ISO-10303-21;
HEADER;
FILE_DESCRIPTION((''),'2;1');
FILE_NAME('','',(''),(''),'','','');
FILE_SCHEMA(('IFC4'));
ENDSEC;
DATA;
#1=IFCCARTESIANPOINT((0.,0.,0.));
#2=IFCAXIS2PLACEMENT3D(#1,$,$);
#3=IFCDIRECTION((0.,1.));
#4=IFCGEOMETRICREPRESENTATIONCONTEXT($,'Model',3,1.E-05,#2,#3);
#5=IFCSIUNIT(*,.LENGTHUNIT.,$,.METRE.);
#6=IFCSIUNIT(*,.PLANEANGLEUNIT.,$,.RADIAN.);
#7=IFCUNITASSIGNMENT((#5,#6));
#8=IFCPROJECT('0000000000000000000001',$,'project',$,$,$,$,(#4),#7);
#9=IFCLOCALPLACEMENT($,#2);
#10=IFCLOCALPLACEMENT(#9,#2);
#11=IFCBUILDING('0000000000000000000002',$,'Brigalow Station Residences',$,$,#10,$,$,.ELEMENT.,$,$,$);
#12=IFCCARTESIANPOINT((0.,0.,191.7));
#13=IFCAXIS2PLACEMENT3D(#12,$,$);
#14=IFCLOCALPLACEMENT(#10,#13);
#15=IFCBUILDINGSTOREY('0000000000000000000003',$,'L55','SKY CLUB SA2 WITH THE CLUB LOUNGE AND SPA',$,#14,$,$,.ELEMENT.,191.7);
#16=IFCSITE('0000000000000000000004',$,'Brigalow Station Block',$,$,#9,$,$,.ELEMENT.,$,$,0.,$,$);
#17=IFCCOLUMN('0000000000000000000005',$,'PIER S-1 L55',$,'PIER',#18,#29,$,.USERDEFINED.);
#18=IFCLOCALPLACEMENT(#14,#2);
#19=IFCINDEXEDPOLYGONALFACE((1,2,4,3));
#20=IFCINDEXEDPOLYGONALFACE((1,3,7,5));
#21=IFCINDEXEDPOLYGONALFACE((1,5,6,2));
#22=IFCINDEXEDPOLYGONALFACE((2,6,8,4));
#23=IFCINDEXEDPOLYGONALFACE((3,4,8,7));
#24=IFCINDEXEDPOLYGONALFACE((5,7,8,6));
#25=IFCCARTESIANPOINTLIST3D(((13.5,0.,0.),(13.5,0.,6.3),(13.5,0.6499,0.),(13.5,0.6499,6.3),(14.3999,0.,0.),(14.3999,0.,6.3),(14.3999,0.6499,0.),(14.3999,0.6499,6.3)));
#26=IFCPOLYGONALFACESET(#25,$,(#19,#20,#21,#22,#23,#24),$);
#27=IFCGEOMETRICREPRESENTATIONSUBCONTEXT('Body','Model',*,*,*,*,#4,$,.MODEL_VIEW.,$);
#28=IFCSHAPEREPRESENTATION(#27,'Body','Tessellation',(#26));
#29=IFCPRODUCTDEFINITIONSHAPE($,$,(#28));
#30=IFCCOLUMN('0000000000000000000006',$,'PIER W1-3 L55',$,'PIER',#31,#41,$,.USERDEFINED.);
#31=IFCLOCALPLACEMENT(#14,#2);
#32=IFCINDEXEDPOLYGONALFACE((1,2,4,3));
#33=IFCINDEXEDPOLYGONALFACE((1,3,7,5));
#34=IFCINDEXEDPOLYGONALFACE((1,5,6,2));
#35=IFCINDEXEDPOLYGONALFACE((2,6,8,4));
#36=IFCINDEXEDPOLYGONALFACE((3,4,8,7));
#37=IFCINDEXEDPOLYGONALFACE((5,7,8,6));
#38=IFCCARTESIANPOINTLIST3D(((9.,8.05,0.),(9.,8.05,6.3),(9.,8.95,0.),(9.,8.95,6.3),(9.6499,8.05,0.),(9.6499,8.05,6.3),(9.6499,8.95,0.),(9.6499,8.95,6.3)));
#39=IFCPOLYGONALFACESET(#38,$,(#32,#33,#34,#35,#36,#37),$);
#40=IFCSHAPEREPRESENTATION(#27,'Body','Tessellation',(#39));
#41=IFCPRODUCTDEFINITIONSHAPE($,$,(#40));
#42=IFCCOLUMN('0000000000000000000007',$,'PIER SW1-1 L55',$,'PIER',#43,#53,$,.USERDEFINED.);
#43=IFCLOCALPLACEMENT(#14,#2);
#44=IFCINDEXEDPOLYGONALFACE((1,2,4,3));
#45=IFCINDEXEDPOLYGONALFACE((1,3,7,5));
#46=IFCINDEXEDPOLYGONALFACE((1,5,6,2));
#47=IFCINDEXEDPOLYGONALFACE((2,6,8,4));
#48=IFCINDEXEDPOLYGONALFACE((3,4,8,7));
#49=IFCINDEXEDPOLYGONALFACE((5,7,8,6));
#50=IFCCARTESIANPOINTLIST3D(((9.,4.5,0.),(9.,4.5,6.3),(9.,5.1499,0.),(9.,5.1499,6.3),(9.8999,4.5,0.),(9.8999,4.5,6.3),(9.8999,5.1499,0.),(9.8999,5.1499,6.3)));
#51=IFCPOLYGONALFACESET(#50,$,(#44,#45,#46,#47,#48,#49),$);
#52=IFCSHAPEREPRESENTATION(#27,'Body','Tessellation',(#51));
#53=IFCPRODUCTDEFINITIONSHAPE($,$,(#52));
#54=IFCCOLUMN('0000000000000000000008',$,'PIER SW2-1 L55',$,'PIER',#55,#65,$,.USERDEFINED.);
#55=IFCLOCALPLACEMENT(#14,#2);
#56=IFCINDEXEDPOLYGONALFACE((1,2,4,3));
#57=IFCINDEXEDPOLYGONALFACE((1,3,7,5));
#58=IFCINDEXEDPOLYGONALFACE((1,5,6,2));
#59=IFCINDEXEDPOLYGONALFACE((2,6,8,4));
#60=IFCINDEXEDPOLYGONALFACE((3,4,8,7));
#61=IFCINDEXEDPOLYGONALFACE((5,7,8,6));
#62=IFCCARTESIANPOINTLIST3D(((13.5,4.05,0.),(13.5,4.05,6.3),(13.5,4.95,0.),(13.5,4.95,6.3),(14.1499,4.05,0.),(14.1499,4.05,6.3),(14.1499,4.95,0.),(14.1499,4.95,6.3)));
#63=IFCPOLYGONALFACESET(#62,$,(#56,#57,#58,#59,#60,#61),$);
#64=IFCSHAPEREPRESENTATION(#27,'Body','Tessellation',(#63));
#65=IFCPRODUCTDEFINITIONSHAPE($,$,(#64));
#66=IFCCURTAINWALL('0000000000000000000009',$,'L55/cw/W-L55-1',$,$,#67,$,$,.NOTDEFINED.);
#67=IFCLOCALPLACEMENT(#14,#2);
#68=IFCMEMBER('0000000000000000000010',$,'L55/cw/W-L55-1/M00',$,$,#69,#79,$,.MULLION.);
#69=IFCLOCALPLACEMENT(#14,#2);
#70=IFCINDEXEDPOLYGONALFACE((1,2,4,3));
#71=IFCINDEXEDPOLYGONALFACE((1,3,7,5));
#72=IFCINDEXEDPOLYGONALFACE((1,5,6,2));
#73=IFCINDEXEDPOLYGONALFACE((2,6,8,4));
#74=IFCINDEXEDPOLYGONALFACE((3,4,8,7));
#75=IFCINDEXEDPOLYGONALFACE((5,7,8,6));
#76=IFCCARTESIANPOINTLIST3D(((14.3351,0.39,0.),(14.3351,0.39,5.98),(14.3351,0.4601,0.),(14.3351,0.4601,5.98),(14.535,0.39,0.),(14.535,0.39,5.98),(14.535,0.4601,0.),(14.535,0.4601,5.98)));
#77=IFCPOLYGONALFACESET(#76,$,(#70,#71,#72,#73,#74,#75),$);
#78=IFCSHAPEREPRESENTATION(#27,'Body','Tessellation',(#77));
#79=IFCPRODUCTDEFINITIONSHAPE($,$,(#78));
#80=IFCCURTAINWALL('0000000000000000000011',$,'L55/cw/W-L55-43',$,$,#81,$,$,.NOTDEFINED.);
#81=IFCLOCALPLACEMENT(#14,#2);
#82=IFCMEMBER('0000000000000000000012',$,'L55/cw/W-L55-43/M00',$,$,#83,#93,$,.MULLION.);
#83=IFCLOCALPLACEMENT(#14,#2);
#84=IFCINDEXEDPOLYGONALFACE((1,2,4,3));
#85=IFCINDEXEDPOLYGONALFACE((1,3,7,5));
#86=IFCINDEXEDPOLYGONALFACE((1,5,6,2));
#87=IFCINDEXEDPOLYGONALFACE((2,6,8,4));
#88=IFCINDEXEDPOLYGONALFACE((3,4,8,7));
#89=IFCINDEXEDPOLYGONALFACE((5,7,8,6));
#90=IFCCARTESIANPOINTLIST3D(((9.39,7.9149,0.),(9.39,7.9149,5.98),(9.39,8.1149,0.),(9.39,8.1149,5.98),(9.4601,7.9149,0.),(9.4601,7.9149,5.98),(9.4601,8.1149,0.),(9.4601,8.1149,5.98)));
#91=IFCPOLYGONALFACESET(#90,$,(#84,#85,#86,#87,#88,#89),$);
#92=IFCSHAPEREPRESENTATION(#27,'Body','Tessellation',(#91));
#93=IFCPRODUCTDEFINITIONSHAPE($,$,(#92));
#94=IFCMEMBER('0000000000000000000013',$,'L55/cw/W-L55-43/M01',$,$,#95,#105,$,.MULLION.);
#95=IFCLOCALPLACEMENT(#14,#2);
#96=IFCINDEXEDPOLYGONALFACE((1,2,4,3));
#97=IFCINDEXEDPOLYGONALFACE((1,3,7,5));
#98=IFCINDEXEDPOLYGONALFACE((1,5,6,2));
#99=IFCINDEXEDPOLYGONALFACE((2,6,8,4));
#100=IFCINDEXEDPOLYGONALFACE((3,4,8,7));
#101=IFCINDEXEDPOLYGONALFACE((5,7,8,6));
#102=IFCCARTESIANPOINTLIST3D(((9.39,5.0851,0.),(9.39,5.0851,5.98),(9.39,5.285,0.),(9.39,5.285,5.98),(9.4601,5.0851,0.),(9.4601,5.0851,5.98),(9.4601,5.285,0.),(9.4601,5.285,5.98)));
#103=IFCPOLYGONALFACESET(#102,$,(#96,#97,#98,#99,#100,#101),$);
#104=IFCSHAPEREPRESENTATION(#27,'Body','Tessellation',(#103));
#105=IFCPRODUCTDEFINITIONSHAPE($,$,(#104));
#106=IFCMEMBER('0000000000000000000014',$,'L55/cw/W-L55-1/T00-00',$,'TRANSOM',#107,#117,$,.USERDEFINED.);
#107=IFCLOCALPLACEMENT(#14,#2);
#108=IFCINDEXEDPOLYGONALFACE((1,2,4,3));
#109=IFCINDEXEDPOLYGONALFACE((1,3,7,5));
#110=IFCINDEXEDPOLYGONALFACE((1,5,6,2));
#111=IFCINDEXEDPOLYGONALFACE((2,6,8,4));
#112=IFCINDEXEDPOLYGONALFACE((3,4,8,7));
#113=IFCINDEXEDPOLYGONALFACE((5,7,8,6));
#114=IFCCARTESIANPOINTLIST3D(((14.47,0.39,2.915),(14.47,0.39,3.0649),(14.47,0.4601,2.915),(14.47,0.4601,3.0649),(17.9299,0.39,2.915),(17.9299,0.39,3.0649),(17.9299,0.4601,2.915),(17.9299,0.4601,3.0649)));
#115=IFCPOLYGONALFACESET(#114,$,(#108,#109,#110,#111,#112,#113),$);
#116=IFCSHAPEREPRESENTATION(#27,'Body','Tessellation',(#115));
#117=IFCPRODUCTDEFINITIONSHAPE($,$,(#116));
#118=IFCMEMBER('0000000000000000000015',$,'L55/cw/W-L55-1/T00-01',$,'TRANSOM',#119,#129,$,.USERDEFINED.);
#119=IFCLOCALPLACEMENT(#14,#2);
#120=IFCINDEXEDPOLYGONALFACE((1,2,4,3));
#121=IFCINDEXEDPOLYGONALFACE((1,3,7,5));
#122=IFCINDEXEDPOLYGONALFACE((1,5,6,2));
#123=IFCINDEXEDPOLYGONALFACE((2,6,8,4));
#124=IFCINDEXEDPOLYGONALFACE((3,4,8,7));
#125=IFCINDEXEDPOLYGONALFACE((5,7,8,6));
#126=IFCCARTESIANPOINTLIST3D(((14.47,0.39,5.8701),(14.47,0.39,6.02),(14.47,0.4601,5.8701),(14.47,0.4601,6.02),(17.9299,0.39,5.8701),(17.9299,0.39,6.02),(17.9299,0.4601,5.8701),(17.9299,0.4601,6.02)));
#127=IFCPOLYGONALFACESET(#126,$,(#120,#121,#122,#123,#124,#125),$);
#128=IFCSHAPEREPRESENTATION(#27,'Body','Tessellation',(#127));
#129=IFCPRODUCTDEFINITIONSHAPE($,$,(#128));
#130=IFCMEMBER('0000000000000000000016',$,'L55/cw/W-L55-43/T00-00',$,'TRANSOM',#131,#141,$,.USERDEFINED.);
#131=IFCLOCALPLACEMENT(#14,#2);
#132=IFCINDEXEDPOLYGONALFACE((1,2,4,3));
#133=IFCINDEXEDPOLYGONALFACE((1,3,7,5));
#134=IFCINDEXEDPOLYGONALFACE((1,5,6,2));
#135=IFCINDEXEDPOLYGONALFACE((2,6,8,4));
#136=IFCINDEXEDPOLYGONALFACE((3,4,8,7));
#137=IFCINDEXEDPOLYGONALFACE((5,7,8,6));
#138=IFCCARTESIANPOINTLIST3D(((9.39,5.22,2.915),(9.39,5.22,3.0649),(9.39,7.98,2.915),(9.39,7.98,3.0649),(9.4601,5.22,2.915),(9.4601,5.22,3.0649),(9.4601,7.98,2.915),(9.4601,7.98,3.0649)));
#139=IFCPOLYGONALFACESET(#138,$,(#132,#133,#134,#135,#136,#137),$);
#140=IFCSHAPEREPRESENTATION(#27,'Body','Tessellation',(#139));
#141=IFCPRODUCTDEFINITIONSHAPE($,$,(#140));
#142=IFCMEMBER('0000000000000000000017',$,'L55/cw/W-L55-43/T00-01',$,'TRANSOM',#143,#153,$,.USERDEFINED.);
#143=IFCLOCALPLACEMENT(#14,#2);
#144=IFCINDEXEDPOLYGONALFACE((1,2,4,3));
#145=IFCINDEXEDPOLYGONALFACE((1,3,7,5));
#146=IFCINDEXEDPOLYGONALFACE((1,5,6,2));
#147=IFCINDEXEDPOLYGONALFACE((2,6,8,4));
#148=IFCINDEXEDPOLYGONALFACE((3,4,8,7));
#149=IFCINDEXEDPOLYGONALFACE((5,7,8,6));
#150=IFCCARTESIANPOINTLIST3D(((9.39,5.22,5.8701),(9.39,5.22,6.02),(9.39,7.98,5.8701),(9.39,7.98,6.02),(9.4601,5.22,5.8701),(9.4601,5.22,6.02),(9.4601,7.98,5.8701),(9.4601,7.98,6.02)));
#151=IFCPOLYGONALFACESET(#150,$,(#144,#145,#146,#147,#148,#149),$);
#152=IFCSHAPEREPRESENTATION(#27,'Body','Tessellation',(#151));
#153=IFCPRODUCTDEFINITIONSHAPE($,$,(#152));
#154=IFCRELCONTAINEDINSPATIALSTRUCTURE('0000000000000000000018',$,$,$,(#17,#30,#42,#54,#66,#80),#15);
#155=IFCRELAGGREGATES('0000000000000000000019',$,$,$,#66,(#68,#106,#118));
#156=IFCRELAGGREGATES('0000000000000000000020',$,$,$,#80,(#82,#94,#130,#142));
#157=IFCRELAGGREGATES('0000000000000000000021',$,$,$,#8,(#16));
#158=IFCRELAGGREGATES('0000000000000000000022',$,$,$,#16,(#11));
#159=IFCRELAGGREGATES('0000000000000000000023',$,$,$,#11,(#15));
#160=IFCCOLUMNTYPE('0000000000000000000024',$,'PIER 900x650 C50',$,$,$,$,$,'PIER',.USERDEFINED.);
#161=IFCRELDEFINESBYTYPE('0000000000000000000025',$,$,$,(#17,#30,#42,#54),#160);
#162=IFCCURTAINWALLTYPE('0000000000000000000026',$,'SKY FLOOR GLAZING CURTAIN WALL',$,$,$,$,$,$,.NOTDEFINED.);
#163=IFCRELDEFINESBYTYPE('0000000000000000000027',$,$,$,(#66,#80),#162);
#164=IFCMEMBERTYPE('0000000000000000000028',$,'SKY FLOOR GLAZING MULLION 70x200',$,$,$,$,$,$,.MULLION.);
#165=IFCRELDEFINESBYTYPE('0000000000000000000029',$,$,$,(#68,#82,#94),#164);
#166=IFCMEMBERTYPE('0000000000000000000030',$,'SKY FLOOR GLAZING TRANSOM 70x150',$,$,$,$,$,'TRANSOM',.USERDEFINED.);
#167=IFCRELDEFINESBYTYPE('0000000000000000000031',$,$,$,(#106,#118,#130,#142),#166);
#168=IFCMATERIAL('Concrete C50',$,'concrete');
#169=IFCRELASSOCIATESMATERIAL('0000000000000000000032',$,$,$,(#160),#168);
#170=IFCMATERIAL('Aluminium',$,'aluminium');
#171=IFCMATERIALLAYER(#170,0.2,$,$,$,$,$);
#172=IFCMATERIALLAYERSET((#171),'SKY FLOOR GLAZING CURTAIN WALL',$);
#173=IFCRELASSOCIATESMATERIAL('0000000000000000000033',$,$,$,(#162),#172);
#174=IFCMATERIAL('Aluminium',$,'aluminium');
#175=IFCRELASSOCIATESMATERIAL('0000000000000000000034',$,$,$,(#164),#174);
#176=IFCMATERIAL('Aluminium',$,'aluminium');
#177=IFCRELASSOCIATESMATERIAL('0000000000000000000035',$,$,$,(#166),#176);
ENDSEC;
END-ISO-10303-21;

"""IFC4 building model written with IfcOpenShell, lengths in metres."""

from ifc_helpers import new_model, si_unit, direction, frame, origin, origin_2d, place, context, subcontext, project, spatial, rectangle, extrude, material, layer, layer_set, material_profile, profile_set, type_object, element, aggregate, save


model = new_model("IFC4")

# Units and contexts
model_context = context("Model", 3, precision=1e-05, world=origin(), true_north=direction((0.0, 1.0)))
body_context = subcontext(model_context, "Body", "Model", "MODEL_VIEW")
ifc_project = project(units=[si_unit("LENGTHUNIT", "METRE"), si_unit("PLANEANGLEUNIT", "RADIAN")], contexts=[model_context])

# Site, building, storey
site_placement = place(None, origin())
site = spatial("IfcSite", under=ifc_project, at=site_placement, Name="Brigalow Station Block", CompositionType="ELEMENT", RefElevation=0.0)
building_placement = place(site_placement, origin())
building = spatial("IfcBuilding", under=site, at=building_placement, Name="Brigalow Station Residences", CompositionType="ELEMENT")
storey_placement = place(building_placement, frame((0.0, 0.0, 191.7)))
storey = spatial("IfcBuildingStorey", under=building, at=storey_placement, Name="L55", Description="SKY CLUB SA2 WITH THE CLUB LOUNGE AND SPA", CompositionType="ELEMENT", Elevation=191.7)

# Columns
ifc_material_1 = material(Name="Concrete C50", Category="concrete")
ifc_material_profile_1 = material_profile(ifc_material_1, rectangle(XDim=0.8999, YDim=0.6499, at=origin_2d()), Name="RC900x650")
ifc_profile_set_1 = profile_set([ifc_material_profile_1], Name="Concrete C50")
column_type = type_object("IfcColumnType", Name="PIER 900x650 C50", ElementType="PIER", PredefinedType="USERDEFINED", material=ifc_profile_set_1)
for number, where, z_axis, x_axis, name in (
    (1, (13.95, 0.325, 0.0), (0.0, 0.0, 1.0), (1.0, 0.0, 0.0), "PIER S-1 L55"),
    (2, (9.325, 8.5, 0.0), (0.0, 0.0, 1.0), (0.0, -1.0, 0.0), "PIER W1-3 L55"),
    (3, (9.45, 4.825, 0.0), (0.0, 0.0, 1.0), (1.0, 0.0, 0.0), "PIER SW1-1 L55"),
    (4, (13.825, 4.5, 0.0), (0.0, 0.0, 1.0), (0.0, -1.0, 0.0), "PIER SW2-1 L55"),
):
    element("IfcColumn", number, at=place(storey_placement, frame(where, z_axis=z_axis, x_axis=x_axis)), inside=storey, type_object=column_type, Name=name, ObjectType="PIER", PredefinedType="USERDEFINED", context=body_context, shape_type="SweptSolid", body=[
        extrude(rectangle(XDim=0.8999, YDim=0.6499, at=origin_2d()), origin(), (0.0, 0.0, 1.0), 6.3),
    ])

# Curtain wall, member
ifc_material_2 = material(Name="Aluminium", Category="aluminium")
ifc_layer_1 = layer(ifc_material_2, 0.2)
ifc_layer_set_1 = layer_set([ifc_layer_1], Name="SKY FLOOR GLAZING CURTAIN WALL")
curtain_wall_type = type_object("IfcCurtainWallType", Name="SKY FLOOR GLAZING CURTAIN WALL", PredefinedType="NOTDEFINED", material=ifc_layer_set_1)
curtain_wall_1_placement = place(storey_placement, origin())
curtain_wall_1 = element("IfcCurtainWall", 5, at=curtain_wall_1_placement, inside=storey, type_object=curtain_wall_type, Name="L55/cw/W-L55-1", PredefinedType="NOTDEFINED")
ifc_material_3 = material(Name="Aluminium", Category="aluminium")
ifc_material_profile_2 = material_profile(ifc_material_3, rectangle(XDim=0.0701, YDim=0.2, at=origin_2d()), Name="SKY FLOOR GLAZING MULLION 70x200")
ifc_profile_set_2 = profile_set([ifc_material_profile_2], Name="Aluminium")
member_type_1 = type_object("IfcMemberType", Name="SKY FLOOR GLAZING MULLION 70x200", PredefinedType="MULLION", material=ifc_profile_set_2)
member_1_placement = place(storey_placement, frame((14.4351, 0.425, 0.0), z_axis=(0.0, 0.0, 1.0), x_axis=(0.0, 1.0, 0.0)))
member_1 = element("IfcMember", 6, at=member_1_placement, type_object=member_type_1, Name="L55/cw/W-L55-1/M00", PredefinedType="MULLION", context=body_context, shape_type="SweptSolid", body=[
    extrude(rectangle(XDim=0.0701, YDim=0.2, at=origin_2d()), origin(), (0.0, 0.0, 1.0), 5.98),
])

# Curtain wall, members
curtain_wall_2_placement = place(storey_placement, origin())
curtain_wall_2 = element("IfcCurtainWall", 7, at=curtain_wall_2_placement, inside=storey, type_object=curtain_wall_type, Name="L55/cw/W-L55-43", PredefinedType="NOTDEFINED")
member_2_placement = place(storey_placement, frame((9.425, 8.0149, 0.0), z_axis=(0.0, 0.0, 1.0), x_axis=(1.0, 0.0, 0.0)))
member_2 = element("IfcMember", 8, at=member_2_placement, type_object=member_type_1, Name="L55/cw/W-L55-43/M00", PredefinedType="MULLION", context=body_context, shape_type="SweptSolid", body=[
    extrude(rectangle(XDim=0.0701, YDim=0.2, at=origin_2d()), origin(), (0.0, 0.0, 1.0), 5.98),
])
member_3_placement = place(storey_placement, frame((9.425, 5.1851, 0.0), z_axis=(0.0, 0.0, 1.0), x_axis=(1.0, 0.0, 0.0)))
member_3 = element("IfcMember", 9, at=member_3_placement, type_object=member_type_1, Name="L55/cw/W-L55-43/M01", PredefinedType="MULLION", context=body_context, shape_type="SweptSolid", body=[
    extrude(rectangle(XDim=0.0701, YDim=0.2, at=origin_2d()), origin(), (0.0, 0.0, 1.0), 5.98),
])

# Members
ifc_material_4 = material(Name="Aluminium", Category="aluminium")
ifc_material_profile_3 = material_profile(ifc_material_4, rectangle(XDim=0.0701, YDim=0.1499, at=origin_2d()), Name="SKY FLOOR GLAZING TRANSOM 70x150")
ifc_profile_set_3 = profile_set([ifc_material_profile_3], Name="Aluminium")
member_type_2 = type_object("IfcMemberType", Name="SKY FLOOR GLAZING TRANSOM 70x150", ElementType="TRANSOM", PredefinedType="USERDEFINED", material=ifc_profile_set_3)
member_4_placement = place(storey_placement, frame((14.47, 0.425, 2.99), z_axis=(1.0, 0.0, 0.0), x_axis=(0.0, 1.0, 0.0)))
member_4 = element("IfcMember", 10, at=member_4_placement, type_object=member_type_2, Name="L55/cw/W-L55-1/T00-00", ObjectType="TRANSOM", PredefinedType="USERDEFINED", context=body_context, shape_type="SweptSolid", body=[
    extrude(rectangle(XDim=0.0701, YDim=0.1499, at=origin_2d()), origin(), (0.0, 0.0, 1.0), 3.46),
])
member_5_placement = place(storey_placement, frame((14.47, 0.425, 5.9451), z_axis=(1.0, 0.0, 0.0), x_axis=(0.0, 1.0, 0.0)))
member_5 = element("IfcMember", 11, at=member_5_placement, type_object=member_type_2, Name="L55/cw/W-L55-1/T00-01", ObjectType="TRANSOM", PredefinedType="USERDEFINED", context=body_context, shape_type="SweptSolid", body=[
    extrude(rectangle(XDim=0.0701, YDim=0.1499, at=origin_2d()), origin(), (0.0, 0.0, 1.0), 3.46),
])
member_6_placement = place(storey_placement, frame((9.425, 7.98, 2.99), z_axis=(0.0, -1.0, 0.0), x_axis=(1.0, 0.0, 0.0)))
member_6 = element("IfcMember", 12, at=member_6_placement, type_object=member_type_2, Name="L55/cw/W-L55-43/T00-00", ObjectType="TRANSOM", PredefinedType="USERDEFINED", context=body_context, shape_type="SweptSolid", body=[
    extrude(rectangle(XDim=0.0701, YDim=0.1499, at=origin_2d()), origin(), (0.0, 0.0, 1.0), 2.76),
])
member_7_placement = place(storey_placement, frame((9.425, 7.98, 5.9451), z_axis=(0.0, -1.0, 0.0), x_axis=(1.0, 0.0, 0.0)))
member_7 = element("IfcMember", 13, at=member_7_placement, type_object=member_type_2, Name="L55/cw/W-L55-43/T00-01", ObjectType="TRANSOM", PredefinedType="USERDEFINED", context=body_context, shape_type="SweptSolid", body=[
    extrude(rectangle(XDim=0.0701, YDim=0.1499, at=origin_2d()), origin(), (0.0, 0.0, 1.0), 2.76),
])

aggregate(curtain_wall_1, [member_1, member_4, member_5])
aggregate(curtain_wall_2, [member_2, member_3, member_6, member_7])

save(model, "model.ifc")
